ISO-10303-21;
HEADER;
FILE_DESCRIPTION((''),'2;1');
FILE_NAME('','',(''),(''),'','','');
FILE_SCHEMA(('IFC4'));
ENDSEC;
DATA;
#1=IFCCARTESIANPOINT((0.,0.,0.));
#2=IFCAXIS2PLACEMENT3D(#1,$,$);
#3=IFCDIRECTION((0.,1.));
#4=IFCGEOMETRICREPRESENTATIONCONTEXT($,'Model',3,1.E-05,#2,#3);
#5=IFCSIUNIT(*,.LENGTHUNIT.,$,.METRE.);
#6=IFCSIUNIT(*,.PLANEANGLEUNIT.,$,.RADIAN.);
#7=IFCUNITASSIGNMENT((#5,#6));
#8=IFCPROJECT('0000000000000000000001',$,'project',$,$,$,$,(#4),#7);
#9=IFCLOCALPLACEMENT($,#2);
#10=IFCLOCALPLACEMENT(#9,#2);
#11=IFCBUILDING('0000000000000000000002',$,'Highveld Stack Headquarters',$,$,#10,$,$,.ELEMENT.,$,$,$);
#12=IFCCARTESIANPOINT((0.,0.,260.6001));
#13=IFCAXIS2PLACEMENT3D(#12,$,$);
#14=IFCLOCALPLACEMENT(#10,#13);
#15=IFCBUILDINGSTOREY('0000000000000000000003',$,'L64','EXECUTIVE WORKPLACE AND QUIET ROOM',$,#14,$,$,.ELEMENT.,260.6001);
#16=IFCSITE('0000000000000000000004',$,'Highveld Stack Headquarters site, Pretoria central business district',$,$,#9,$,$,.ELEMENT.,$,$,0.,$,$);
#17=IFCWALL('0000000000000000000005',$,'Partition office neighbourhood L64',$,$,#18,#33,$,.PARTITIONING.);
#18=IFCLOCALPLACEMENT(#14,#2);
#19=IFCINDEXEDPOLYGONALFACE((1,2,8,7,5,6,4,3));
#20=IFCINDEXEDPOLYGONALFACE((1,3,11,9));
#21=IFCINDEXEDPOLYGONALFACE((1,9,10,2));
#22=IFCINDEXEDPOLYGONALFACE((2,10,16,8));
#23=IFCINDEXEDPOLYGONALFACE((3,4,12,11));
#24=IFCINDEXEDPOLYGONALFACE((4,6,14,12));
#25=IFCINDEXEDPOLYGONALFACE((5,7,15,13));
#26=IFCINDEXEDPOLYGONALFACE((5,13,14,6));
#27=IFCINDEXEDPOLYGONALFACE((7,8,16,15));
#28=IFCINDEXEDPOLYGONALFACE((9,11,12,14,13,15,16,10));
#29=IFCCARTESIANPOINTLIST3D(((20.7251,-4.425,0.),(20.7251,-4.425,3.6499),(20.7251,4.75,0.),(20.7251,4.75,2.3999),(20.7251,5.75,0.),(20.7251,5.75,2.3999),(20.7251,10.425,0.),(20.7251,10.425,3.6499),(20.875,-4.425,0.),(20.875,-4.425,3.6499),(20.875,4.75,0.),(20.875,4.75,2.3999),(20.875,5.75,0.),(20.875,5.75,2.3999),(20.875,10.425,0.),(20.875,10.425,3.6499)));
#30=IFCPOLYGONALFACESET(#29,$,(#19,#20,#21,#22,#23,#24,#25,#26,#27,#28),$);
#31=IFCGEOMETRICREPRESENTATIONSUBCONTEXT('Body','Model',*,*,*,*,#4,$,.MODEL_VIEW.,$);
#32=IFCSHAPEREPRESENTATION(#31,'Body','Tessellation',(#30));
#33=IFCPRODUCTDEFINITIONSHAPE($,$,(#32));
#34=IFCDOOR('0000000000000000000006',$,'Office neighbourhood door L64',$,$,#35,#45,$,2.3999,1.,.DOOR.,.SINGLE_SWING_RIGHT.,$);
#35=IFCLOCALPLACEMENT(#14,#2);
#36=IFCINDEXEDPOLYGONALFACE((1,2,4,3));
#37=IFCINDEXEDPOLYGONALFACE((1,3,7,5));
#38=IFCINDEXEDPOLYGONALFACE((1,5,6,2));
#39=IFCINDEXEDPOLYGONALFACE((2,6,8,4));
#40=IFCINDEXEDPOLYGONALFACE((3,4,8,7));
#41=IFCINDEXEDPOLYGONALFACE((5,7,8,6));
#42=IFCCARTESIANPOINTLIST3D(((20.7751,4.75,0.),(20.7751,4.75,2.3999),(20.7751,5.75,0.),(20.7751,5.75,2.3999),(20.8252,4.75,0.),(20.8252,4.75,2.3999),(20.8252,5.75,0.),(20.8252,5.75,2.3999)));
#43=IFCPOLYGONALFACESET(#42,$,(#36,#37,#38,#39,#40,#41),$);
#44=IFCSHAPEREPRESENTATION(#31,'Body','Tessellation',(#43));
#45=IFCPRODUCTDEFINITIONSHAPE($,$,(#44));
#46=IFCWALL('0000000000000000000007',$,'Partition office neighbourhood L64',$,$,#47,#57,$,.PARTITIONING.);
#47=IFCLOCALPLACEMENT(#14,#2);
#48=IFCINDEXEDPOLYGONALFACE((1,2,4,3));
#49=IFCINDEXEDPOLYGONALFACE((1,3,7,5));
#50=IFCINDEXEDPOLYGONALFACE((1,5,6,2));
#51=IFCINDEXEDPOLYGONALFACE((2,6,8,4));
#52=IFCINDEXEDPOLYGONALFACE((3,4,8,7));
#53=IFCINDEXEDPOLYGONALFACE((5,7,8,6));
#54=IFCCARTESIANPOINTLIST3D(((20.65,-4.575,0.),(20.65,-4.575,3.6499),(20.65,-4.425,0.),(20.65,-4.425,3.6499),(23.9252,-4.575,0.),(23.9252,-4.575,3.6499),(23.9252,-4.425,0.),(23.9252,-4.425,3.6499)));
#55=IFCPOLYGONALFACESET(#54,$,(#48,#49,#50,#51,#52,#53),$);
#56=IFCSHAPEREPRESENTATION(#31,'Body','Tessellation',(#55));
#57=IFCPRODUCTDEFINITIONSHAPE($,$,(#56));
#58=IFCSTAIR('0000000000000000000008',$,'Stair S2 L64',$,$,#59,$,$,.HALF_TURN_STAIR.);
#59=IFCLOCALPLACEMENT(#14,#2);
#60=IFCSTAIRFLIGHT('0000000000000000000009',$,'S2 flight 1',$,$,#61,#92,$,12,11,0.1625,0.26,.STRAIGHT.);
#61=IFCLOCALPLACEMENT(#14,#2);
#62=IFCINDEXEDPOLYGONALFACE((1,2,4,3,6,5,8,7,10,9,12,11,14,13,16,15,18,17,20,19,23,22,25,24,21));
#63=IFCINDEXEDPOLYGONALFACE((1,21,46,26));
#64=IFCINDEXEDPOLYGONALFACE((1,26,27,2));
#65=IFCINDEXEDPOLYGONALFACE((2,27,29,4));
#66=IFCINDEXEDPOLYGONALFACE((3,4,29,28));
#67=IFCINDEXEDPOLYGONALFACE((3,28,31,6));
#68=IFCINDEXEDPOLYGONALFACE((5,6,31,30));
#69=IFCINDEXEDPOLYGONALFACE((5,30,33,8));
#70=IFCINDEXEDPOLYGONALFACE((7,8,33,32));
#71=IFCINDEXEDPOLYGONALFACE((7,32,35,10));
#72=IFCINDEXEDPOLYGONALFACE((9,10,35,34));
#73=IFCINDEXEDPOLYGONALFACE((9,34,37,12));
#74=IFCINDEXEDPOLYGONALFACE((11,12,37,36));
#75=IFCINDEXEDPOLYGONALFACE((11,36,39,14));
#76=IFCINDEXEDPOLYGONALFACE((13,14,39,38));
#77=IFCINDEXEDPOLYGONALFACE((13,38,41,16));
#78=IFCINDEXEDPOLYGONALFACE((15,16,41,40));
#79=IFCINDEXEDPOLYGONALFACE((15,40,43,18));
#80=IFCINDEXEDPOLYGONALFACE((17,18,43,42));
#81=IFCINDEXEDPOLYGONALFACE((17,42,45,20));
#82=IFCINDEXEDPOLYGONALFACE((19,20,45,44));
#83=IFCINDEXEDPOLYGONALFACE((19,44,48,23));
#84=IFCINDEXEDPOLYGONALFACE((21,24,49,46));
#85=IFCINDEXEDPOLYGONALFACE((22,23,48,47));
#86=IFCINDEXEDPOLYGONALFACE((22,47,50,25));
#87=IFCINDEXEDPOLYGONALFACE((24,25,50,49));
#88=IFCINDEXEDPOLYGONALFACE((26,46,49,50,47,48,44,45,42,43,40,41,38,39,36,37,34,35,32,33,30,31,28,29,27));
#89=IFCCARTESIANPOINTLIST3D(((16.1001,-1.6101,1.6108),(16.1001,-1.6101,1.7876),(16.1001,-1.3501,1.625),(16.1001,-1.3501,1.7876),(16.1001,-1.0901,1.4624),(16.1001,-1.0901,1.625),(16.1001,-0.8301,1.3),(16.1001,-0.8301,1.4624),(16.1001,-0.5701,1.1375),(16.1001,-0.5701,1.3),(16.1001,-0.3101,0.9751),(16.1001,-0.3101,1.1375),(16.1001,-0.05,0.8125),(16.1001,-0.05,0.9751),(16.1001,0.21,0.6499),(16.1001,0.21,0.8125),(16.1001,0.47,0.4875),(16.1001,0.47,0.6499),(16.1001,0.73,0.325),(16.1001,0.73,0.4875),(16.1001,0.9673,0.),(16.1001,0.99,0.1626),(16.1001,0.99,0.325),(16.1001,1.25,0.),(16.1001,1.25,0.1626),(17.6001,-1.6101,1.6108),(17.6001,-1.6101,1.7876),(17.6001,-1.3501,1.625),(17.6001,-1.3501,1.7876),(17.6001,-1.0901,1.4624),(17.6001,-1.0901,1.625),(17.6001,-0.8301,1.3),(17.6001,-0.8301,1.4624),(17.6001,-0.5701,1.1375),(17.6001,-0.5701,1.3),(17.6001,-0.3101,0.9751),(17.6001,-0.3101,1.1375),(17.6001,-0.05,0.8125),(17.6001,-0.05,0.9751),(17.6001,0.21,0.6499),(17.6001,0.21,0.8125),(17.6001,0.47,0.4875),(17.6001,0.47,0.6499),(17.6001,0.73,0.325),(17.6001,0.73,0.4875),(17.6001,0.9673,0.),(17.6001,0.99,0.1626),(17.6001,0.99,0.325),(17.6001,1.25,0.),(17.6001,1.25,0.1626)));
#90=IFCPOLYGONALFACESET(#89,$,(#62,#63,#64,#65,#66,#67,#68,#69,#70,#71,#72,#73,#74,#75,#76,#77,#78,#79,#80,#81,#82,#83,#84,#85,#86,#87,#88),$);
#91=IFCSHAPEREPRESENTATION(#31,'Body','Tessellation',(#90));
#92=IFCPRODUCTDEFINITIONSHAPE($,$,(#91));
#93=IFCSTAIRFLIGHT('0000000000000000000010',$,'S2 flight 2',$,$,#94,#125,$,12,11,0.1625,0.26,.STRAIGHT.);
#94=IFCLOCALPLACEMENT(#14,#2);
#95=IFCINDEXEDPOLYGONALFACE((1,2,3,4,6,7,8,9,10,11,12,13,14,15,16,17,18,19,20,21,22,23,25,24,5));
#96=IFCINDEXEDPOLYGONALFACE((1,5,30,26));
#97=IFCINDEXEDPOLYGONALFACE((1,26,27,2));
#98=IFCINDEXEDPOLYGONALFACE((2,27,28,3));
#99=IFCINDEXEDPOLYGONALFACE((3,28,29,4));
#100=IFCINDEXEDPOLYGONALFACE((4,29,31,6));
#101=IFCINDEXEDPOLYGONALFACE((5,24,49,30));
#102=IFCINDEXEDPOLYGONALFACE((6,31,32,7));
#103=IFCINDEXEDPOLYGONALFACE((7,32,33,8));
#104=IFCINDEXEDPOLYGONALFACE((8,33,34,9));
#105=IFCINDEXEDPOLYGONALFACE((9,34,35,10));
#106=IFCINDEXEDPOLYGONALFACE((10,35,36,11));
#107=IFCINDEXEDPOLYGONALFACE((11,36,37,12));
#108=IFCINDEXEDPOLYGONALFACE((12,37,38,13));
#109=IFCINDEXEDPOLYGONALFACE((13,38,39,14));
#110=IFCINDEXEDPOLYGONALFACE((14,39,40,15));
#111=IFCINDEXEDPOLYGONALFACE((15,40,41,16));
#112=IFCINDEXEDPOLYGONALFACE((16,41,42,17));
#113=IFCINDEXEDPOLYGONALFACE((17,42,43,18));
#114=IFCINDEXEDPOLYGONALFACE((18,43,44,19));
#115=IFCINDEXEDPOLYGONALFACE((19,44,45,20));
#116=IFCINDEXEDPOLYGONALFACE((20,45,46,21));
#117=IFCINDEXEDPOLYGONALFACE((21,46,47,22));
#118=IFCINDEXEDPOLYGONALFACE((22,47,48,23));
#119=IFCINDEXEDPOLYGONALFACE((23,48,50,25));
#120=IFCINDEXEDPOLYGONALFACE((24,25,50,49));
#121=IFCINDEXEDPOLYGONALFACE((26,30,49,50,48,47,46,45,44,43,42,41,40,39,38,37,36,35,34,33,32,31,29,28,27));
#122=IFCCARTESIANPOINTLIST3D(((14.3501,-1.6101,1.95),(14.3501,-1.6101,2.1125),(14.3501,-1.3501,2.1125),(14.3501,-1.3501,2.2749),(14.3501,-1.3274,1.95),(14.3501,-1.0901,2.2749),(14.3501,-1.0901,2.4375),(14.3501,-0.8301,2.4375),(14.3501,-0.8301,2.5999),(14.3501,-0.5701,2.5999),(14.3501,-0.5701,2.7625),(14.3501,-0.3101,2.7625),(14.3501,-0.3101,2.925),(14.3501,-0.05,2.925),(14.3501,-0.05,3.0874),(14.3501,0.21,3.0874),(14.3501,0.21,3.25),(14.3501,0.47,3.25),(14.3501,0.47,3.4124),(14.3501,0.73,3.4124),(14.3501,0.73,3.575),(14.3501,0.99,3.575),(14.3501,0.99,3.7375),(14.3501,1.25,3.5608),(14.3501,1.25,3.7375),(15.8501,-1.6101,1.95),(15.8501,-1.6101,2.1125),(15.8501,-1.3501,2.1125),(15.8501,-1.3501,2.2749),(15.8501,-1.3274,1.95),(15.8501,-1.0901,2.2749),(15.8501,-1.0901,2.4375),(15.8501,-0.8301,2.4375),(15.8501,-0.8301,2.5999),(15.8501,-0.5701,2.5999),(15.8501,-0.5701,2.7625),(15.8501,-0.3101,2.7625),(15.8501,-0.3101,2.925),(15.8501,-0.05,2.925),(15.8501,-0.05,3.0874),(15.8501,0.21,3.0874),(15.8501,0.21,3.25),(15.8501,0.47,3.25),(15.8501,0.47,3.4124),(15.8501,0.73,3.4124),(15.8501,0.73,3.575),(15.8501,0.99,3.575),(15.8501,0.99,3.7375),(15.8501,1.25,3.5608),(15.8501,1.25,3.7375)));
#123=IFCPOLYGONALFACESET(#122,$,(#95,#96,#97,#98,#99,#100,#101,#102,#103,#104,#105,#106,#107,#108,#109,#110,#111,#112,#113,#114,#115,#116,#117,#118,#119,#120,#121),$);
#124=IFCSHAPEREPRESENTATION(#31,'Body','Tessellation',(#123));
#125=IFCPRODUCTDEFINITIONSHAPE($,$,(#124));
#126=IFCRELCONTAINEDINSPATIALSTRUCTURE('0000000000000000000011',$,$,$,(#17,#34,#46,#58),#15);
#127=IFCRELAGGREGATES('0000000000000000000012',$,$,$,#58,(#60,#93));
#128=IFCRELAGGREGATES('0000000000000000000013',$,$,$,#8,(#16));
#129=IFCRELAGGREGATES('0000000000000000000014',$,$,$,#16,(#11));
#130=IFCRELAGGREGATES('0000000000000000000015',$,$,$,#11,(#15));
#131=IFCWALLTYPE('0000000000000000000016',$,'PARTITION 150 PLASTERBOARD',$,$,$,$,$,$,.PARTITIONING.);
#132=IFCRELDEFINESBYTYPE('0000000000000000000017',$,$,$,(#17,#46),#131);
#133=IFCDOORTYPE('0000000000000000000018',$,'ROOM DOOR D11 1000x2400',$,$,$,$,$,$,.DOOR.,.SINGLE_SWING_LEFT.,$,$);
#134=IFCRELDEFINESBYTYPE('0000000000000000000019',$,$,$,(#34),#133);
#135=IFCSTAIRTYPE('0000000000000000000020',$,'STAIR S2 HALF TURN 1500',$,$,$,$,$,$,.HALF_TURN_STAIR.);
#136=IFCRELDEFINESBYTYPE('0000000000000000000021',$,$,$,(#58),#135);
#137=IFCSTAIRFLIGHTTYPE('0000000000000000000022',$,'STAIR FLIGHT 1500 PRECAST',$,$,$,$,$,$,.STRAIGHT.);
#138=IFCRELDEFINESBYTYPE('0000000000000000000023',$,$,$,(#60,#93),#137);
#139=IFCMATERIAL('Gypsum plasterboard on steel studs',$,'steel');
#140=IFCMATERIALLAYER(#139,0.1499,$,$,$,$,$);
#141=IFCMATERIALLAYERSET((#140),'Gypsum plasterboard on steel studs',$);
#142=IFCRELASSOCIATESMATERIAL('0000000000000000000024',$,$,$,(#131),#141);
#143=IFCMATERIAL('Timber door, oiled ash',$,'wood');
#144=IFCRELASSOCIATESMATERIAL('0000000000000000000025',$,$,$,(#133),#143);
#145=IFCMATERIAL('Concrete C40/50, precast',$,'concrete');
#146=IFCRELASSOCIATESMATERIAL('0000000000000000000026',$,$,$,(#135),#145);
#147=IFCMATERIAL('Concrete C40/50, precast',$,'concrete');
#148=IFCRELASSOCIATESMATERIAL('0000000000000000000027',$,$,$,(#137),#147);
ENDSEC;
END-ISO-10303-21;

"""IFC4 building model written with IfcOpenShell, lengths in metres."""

from ifc_helpers import new_model, si_unit, direction, frame, frame_2d, origin, place, context, subcontext, project, spatial, polyline, rectangle, outline, extrude, material, layer, layer_set, type_object, element, fill, aggregate, save


model = new_model("IFC4")

# Units and contexts
model_context = context("Model", 3, precision=1e-05, world=origin(), true_north=direction((0.0, 1.0)))
body_context = subcontext(model_context, "Body", "Model", "MODEL_VIEW")
ifc_project = project(units=[si_unit("LENGTHUNIT", "METRE"), si_unit("PLANEANGLEUNIT", "RADIAN")], contexts=[model_context])

# Site, building, storey
site_placement = place(None, origin())
site = spatial("IfcSite", under=ifc_project, at=site_placement, Name="Highveld Stack Headquarters site, Pretoria central business district", CompositionType="ELEMENT", RefElevation=0.0)
building_placement = place(site_placement, origin())
building = spatial("IfcBuilding", under=site, at=building_placement, Name="Highveld Stack Headquarters", CompositionType="ELEMENT")
storey_placement = place(building_placement, frame((0.0, 0.0, 260.6001)))
storey = spatial("IfcBuildingStorey", under=building, at=storey_placement, Name="L64", Description="EXECUTIVE WORKPLACE AND QUIET ROOM", CompositionType="ELEMENT", Elevation=260.6001)

# Shared definitions
ifc_material_1 = material(Name="Gypsum plasterboard on steel studs", Category="steel")
ifc_layer_1 = layer(ifc_material_1, 0.1499)
ifc_layer_set_1 = layer_set([ifc_layer_1], Name="Gypsum plasterboard on steel studs")
wall_type_1 = type_object("IfcWallType", Name="PARTITION 150 PLASTERBOARD", PredefinedType="PARTITIONING", material=ifc_layer_set_1)

# Wall, opening, door
ifc_material_2 = material(Name="Timber door, oiled ash", Category="wood")
door_type_1 = type_object("IfcDoorType", Name="ROOM DOOR D11 1000x2400", OperationType="SINGLE_SWING_LEFT", PredefinedType="DOOR", material=ifc_material_2)
wall_1_placement = place(storey_placement, frame((20.8, -4.425, 0.0), z_axis=(0.0, 0.0, 1.0), x_axis=(0.0, 1.0, 0.0)))
wall_1 = element("IfcWall", 1, at=wall_1_placement, inside=storey, type_object=wall_type_1, Name="Partition office neighbourhood L64", PredefinedType="PARTITIONING", context=body_context, shape_type="SweptSolid", body=[
    extrude(rectangle(XDim=14.8501, YDim=0.1499, at=frame_2d((7.425, 0.0))), origin(), (0.0, 0.0, 1.0), 3.6499),
])
opening_1_placement = place(wall_1_placement, frame((9.175, 0.0, 0.0)))
opening_1 = element("IfcOpeningElement", 2, at=opening_1_placement, cuts=wall_1, PredefinedType="OPENING", context=body_context, shape_type="SweptSolid", body=[
    extrude(rectangle(XDim=1.0, YDim=2.3999, at=frame_2d((0.5, 1.2))), frame((0.0, 0.085, 0.0), z_axis=(0.0, -1.0, 0.0), x_axis=(1.0, 0.0, 0.0)), (0.0, 0.0, 1.0), 0.1699),
])
door_1_placement = place(opening_1_placement, origin())
door_1 = element("IfcDoor", 3, at=door_1_placement, inside=storey, type_object=door_type_1, Name="Office neighbourhood door L64", OperationType="SINGLE_SWING_RIGHT", OverallHeight=2.3999, OverallWidth=1.0, PredefinedType="DOOR", context=body_context, shape_type="SweptSolid", body=[
    extrude(rectangle(XDim=1.0, YDim=2.3999, at=frame_2d((0.5, 1.2))), frame((0.0, 0.0249, 0.0), z_axis=(0.0, -1.0, 0.0), x_axis=(1.0, 0.0, 0.0)), (0.0, 0.0, 1.0), 0.05),
])
fill(opening_1, door_1)

# Wall
wall_2_placement = place(storey_placement, frame((20.6499, -4.5, 0.0), z_axis=(0.0, 0.0, 1.0), x_axis=(1.0, 0.0, 0.0)))
element("IfcWall", 4, at=wall_2_placement, inside=storey, type_object=wall_type_1, Name="Partition office neighbourhood L64", PredefinedType="PARTITIONING", context=body_context, shape_type="SweptSolid", body=[
    extrude(rectangle(XDim=3.2751, YDim=0.1499, at=frame_2d((1.6377, 0.0))), origin(), (0.0, 0.0, 1.0), 3.6499),
])

# Stair, stair flights
ifc_material_3 = material(Name="Concrete C40/50, precast", Category="concrete")
stair_type = type_object("IfcStairType", Name="STAIR S2 HALF TURN 1500", PredefinedType="HALF_TURN_STAIR", material=ifc_material_3)
stair_placement = place(storey_placement, origin())
stair = element("IfcStair", 5, at=stair_placement, inside=storey, type_object=stair_type, Name="Stair S2 L64", PredefinedType="HALF_TURN_STAIR")
ifc_material_4 = material(Name="Concrete C40/50, precast", Category="concrete")
stair_flight_type = type_object("IfcStairFlightType", Name="STAIR FLIGHT 1500 PRECAST", PredefinedType="STRAIGHT", material=ifc_material_4)
stair_flight_1_placement = place(storey_placement, frame((16.8501, 1.25, 0.0), z_axis=(0.0, 0.0, 1.0), x_axis=(0.0, -1.0, 0.0)))
stair_flight_1 = element("IfcStairFlight", 6, at=stair_flight_1_placement, type_object=stair_flight_type, Name="S2 flight 1", NumberOfRisers=12, NumberOfTreads=11, PredefinedType="STRAIGHT", RiserHeight=0.1625, TreadLength=0.26, context=body_context, shape_type="SweptSolid", body=[
    extrude(outline(polyline([(0.0, 0.0), (0.0, 0.1626), (0.26, 0.1626), (0.26, 0.325), (0.52, 0.325), (0.52, 0.4875), (0.78, 0.4875), (0.78, 0.6499), (1.04, 0.6499), (1.04, 0.8125), (1.3, 0.8125), (1.3, 0.9751), (1.5601, 0.9751), (1.5601, 1.1375), (1.8201, 1.1375), (1.8201, 1.3), (2.0801, 1.3), (2.0801, 1.4624), (2.3401, 1.4624), (2.3401, 1.625), (2.6001, 1.625), (2.6001, 1.7876), (2.8601, 1.7876), (2.8601, 1.95), (2.8601, 1.6108), (0.2827, 0.0), (0.0, 0.0)])), frame((0.0, 0.75, 0.0), z_axis=(0.0, -1.0, 0.0), x_axis=(1.0, 0.0, 0.0)), (0.0, 0.0, 1.0), 1.5),
])
stair_flight_2_placement = place(storey_placement, frame((15.1001, -1.6101, 1.95), z_axis=(0.0, 0.0, 1.0), x_axis=(0.0, 1.0, 0.0)))
stair_flight_2 = element("IfcStairFlight", 7, at=stair_flight_2_placement, type_object=stair_flight_type, Name="S2 flight 2", NumberOfRisers=12, NumberOfTreads=11, PredefinedType="STRAIGHT", RiserHeight=0.1625, TreadLength=0.26, context=body_context, shape_type="SweptSolid", body=[
    extrude(outline(polyline([(0.0, 0.0), (0.0, 0.1626), (0.26, 0.1626), (0.26, 0.325), (0.52, 0.325), (0.52, 0.4875), (0.78, 0.4875), (0.78, 0.6499), (1.04, 0.6499), (1.04, 0.8125), (1.3, 0.8125), (1.3, 0.9751), (1.5601, 0.9751), (1.5601, 1.1375), (1.8201, 1.1375), (1.8201, 1.3), (2.0801, 1.3), (2.0801, 1.4624), (2.3401, 1.4624), (2.3401, 1.625), (2.6001, 1.625), (2.6001, 1.7876), (2.8601, 1.7876), (2.8601, 1.95), (2.8601, 1.6108), (0.2827, 0.0), (0.0, 0.0)])), frame((0.0, 0.75, 0.0), z_axis=(0.0, -1.0, 0.0), x_axis=(1.0, 0.0, 0.0)), (0.0, 0.0, 1.0), 1.5),
])
aggregate(stair, [stair_flight_1, stair_flight_2])

save(model, "model.ifc")
